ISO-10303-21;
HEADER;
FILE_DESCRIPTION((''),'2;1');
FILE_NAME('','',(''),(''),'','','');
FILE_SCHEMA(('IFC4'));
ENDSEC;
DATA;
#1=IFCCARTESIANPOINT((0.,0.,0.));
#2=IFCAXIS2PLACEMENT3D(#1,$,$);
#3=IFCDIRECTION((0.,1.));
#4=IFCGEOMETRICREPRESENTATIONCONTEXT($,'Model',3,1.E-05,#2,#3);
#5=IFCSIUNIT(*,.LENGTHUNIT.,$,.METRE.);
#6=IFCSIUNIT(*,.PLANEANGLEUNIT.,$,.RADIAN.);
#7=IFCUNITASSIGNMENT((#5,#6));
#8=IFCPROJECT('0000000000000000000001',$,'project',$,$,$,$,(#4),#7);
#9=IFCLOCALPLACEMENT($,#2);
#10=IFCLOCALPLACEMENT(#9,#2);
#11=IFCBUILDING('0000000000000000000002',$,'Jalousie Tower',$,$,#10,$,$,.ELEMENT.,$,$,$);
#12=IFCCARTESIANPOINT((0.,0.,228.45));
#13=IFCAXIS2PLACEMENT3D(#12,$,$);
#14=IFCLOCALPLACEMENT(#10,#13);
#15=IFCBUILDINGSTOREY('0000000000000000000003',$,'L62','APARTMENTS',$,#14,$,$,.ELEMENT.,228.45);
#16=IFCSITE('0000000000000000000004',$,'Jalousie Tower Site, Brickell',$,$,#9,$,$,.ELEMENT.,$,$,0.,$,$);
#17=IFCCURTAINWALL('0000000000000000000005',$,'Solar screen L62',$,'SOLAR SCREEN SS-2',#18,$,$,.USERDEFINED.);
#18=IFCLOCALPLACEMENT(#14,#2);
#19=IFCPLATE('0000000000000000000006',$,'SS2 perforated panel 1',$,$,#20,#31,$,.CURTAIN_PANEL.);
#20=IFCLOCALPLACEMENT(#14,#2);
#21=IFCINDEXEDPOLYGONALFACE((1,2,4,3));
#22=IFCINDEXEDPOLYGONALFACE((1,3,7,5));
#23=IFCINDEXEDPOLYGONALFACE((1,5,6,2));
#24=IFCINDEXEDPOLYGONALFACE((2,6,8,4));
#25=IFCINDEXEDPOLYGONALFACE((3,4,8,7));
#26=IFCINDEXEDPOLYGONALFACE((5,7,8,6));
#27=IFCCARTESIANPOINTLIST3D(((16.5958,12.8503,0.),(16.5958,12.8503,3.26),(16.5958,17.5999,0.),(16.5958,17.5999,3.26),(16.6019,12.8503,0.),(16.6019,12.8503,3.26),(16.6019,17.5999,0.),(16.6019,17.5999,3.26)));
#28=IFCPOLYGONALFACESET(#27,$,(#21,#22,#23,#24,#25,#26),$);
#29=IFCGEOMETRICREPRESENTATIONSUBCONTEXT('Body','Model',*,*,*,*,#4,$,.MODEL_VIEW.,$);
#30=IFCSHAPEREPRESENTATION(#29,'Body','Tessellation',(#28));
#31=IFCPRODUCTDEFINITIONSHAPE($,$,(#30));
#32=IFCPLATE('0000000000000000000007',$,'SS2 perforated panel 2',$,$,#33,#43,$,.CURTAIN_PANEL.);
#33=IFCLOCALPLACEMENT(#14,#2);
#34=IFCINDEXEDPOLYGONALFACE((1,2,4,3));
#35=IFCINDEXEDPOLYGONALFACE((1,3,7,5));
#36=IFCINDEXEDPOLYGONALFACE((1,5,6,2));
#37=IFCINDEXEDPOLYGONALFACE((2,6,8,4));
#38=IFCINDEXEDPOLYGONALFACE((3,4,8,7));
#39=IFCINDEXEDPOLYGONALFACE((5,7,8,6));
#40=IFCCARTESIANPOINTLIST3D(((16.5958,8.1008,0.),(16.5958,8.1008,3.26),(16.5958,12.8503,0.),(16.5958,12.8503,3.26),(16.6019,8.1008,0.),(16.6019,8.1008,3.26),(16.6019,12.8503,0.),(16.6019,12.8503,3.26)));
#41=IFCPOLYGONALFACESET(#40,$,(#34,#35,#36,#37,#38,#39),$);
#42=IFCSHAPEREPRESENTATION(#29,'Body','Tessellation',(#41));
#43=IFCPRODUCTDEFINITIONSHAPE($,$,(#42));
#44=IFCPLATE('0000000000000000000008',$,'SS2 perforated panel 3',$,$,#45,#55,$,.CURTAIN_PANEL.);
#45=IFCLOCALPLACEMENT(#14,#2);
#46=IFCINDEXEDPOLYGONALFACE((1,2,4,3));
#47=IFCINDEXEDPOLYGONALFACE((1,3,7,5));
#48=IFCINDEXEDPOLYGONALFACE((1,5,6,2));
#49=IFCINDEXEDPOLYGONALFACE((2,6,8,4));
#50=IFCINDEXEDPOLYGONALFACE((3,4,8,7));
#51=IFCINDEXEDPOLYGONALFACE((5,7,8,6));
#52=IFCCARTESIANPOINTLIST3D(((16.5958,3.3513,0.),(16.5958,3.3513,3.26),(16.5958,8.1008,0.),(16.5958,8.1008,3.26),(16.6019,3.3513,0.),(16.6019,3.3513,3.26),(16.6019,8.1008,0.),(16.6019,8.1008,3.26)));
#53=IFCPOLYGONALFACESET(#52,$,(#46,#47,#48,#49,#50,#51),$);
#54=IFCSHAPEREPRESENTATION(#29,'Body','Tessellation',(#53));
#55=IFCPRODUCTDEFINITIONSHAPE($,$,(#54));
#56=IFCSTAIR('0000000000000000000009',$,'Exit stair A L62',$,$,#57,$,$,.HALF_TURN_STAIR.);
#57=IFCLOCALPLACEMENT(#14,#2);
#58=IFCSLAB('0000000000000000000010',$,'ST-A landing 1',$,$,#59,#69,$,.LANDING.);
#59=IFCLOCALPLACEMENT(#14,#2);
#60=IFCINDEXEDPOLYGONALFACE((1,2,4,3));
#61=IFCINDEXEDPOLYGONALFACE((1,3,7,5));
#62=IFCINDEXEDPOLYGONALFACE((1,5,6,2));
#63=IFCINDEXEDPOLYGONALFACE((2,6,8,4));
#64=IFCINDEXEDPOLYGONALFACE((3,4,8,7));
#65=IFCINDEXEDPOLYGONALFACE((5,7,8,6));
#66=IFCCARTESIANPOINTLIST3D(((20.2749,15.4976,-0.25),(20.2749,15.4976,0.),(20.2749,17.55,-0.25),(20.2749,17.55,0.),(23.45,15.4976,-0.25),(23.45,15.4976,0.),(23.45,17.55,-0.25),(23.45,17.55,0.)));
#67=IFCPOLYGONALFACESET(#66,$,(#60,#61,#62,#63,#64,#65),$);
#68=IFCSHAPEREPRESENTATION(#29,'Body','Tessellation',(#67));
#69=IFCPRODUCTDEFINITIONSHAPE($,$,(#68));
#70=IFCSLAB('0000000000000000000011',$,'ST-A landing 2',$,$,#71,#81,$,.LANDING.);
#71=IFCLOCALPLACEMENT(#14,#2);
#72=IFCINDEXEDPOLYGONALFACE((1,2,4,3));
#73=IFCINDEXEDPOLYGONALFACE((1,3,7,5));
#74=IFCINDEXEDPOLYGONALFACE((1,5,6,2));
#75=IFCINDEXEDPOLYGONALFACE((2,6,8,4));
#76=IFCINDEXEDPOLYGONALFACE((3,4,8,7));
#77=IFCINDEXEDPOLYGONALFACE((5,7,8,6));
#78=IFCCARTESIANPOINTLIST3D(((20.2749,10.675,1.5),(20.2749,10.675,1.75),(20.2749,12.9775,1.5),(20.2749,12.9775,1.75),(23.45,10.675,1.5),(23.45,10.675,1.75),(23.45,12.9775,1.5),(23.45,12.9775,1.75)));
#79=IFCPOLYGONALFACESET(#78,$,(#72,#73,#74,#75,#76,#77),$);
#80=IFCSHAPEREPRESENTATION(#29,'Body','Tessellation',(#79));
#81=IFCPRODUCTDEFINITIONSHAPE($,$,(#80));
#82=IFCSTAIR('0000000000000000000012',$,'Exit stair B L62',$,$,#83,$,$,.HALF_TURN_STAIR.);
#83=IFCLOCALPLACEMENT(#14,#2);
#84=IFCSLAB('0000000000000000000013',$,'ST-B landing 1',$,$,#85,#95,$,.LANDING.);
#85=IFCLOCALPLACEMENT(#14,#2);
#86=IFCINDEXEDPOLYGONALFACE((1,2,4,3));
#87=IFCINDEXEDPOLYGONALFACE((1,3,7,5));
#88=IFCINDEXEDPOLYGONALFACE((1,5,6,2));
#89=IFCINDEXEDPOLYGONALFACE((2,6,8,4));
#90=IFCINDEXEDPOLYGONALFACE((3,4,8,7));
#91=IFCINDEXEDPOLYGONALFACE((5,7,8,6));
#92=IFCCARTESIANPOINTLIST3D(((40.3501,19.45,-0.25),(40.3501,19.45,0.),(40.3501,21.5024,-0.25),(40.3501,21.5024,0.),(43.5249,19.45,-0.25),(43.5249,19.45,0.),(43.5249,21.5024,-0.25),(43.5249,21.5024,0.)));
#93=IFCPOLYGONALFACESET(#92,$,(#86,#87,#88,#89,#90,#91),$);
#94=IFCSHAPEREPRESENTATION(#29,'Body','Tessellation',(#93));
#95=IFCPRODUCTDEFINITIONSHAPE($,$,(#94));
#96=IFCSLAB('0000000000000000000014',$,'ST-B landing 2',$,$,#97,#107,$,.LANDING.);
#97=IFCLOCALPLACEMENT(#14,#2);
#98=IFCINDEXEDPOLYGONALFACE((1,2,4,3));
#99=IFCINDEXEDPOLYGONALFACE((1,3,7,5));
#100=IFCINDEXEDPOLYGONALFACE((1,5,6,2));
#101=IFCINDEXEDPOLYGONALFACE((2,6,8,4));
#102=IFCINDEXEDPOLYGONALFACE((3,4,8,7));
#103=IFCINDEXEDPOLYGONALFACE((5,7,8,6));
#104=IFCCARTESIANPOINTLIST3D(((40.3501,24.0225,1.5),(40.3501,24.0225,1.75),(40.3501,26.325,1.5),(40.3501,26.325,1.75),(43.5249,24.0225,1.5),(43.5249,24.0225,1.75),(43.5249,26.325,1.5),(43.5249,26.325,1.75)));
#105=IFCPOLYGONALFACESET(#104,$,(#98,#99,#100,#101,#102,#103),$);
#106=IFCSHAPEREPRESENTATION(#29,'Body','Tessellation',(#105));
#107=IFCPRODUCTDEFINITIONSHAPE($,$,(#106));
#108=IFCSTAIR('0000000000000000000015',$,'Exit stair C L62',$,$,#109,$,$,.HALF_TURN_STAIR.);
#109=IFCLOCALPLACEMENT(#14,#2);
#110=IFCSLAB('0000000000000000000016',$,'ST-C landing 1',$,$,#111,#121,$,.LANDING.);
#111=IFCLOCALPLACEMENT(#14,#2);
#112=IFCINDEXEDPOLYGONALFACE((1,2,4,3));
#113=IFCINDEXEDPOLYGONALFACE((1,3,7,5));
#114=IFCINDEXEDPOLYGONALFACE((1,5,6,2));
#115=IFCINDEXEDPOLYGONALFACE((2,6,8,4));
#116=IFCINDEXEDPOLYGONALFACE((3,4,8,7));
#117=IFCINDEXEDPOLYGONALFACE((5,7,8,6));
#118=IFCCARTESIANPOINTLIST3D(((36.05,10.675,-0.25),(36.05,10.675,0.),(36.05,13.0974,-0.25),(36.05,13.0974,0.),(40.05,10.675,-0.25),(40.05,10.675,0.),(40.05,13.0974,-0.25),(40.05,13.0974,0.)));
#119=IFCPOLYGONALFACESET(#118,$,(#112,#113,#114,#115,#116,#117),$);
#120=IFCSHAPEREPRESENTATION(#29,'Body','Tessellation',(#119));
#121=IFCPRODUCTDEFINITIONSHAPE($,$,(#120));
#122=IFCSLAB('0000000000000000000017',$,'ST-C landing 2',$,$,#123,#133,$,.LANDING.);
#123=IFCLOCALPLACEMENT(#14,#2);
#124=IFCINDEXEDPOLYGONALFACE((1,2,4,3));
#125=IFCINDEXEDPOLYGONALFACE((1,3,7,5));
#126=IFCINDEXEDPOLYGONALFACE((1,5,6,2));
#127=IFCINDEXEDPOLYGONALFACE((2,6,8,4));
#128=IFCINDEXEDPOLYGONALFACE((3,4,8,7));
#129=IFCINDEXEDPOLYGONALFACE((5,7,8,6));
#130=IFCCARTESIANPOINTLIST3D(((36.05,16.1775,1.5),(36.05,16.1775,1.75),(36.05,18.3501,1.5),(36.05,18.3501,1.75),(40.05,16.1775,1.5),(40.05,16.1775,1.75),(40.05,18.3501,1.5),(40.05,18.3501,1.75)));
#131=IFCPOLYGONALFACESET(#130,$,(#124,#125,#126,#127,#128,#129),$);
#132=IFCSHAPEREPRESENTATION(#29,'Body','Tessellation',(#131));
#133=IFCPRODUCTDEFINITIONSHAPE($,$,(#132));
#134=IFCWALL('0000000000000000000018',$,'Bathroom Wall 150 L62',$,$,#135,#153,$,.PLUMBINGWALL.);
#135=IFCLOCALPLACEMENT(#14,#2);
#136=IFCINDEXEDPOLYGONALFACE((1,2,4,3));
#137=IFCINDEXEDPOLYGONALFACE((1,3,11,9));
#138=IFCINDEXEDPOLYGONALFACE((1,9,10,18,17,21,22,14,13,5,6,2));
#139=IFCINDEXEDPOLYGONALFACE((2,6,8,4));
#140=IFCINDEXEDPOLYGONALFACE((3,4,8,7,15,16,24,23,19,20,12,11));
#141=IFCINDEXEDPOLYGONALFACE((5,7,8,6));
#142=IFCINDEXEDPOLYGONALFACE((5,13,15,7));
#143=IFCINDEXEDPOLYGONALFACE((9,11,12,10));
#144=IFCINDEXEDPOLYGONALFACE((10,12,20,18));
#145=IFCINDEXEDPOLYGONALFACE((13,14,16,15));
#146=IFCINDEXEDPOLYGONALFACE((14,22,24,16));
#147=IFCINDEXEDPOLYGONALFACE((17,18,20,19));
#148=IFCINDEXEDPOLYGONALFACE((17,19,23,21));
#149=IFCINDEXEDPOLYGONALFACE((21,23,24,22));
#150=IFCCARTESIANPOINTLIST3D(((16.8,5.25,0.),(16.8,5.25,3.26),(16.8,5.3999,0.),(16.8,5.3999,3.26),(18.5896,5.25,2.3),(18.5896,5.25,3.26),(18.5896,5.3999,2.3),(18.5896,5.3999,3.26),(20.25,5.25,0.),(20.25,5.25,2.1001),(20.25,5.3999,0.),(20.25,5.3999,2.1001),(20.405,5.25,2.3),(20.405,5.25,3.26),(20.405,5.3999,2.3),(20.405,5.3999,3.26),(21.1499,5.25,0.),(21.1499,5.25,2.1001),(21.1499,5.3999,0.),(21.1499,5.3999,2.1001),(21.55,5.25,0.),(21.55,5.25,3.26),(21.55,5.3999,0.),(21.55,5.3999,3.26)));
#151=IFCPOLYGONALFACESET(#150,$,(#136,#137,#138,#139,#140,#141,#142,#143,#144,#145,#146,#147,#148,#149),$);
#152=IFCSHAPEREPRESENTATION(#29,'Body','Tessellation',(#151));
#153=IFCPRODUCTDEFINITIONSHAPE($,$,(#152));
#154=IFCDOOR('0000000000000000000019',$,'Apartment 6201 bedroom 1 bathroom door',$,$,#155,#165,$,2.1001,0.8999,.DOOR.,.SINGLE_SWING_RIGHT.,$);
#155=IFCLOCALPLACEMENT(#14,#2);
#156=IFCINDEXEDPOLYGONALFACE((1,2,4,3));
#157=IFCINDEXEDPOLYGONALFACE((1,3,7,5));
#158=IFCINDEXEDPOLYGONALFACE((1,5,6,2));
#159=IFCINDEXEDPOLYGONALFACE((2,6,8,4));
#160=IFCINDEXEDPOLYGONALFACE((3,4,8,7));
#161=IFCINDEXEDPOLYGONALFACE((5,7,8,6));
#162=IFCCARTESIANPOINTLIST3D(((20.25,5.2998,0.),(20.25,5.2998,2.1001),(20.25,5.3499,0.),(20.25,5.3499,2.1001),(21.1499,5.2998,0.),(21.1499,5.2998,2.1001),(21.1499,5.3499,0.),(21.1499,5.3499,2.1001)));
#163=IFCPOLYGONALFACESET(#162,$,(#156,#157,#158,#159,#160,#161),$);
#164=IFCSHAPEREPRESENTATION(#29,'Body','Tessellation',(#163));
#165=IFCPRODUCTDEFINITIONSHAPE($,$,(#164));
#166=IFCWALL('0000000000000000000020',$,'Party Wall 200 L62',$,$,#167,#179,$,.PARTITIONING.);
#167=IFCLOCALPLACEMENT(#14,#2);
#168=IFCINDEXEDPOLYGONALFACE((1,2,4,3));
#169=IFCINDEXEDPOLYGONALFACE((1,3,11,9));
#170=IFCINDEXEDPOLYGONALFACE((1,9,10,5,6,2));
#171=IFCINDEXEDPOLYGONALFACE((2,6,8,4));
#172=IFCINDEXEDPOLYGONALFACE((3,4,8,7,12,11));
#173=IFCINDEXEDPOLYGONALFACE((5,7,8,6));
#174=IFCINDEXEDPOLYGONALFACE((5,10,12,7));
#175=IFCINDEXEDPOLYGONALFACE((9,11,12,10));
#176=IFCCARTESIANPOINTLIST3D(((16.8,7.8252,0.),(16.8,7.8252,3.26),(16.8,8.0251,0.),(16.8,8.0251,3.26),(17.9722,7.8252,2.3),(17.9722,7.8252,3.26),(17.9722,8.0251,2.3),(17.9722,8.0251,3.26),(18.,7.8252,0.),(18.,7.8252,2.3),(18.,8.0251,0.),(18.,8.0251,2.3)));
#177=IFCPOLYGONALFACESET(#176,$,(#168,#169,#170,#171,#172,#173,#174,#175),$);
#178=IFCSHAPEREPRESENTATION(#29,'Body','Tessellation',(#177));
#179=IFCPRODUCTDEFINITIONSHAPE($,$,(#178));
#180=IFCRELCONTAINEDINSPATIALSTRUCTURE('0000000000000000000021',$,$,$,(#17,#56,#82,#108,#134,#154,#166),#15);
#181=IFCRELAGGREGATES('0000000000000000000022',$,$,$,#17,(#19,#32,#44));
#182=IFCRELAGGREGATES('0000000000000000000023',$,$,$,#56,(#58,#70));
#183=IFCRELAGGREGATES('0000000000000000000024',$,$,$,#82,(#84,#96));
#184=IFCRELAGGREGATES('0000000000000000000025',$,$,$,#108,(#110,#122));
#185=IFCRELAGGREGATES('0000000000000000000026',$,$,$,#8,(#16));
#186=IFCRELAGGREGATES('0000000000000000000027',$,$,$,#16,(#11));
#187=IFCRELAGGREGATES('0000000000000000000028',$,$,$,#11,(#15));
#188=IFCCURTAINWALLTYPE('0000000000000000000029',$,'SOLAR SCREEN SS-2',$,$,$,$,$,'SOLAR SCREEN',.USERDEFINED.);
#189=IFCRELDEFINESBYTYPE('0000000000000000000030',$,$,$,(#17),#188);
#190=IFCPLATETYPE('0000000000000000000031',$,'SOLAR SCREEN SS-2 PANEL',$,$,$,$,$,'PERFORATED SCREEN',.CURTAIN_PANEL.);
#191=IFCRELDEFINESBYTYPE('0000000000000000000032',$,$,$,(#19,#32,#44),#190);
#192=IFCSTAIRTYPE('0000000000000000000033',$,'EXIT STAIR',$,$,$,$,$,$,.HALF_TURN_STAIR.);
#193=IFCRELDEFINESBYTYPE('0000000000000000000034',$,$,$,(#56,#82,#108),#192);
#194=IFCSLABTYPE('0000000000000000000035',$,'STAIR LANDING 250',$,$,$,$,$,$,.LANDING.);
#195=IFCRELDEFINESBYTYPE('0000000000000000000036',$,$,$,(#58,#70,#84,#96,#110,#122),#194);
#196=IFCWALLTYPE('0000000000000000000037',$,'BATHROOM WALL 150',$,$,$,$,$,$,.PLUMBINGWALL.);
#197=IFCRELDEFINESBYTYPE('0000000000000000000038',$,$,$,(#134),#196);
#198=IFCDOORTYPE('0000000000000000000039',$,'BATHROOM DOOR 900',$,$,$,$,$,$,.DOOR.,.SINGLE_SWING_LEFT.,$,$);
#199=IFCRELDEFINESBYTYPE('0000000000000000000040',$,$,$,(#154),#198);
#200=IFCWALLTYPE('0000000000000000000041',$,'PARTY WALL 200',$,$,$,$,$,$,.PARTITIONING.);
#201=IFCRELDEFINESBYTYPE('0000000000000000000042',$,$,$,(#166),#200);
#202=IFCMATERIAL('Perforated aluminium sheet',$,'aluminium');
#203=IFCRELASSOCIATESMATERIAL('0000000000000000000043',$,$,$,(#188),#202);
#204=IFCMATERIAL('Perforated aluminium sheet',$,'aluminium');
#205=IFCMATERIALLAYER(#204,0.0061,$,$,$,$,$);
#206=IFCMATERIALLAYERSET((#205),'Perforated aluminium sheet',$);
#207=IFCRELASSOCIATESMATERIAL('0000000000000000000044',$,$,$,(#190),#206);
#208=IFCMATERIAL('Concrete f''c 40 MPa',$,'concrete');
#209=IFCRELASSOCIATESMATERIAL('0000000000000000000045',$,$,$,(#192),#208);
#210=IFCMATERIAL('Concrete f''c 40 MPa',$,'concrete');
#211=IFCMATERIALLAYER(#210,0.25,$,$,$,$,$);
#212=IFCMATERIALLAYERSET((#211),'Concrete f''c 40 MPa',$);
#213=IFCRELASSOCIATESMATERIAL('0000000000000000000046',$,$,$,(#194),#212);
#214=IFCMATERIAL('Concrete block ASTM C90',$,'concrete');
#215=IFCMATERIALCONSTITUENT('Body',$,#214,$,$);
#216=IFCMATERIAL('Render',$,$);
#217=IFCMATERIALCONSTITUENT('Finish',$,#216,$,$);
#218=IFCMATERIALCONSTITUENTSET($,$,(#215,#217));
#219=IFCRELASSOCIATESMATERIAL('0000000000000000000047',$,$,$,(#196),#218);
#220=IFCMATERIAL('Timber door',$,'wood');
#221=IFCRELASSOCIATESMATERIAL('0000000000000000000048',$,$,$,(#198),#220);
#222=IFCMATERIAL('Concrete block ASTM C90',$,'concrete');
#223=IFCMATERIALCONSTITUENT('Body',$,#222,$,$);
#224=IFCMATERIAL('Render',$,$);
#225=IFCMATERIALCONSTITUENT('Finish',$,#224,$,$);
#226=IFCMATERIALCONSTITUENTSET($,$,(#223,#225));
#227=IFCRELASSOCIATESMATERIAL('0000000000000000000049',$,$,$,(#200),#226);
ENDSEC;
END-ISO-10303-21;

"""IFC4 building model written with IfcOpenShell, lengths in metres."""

from ifc_helpers import new_model, si_unit, direction, frame, frame_2d, origin, origin_2d, place, context, subcontext, project, spatial, polyline, rectangle, outline, extrude, material, layer, layer_set, constituent, constituent_set, type_object, element, fill, aggregate, save


model = new_model("IFC4")

# Units and contexts
model_context = context("Model", 3, precision=1e-05, world=origin(), true_north=direction((0.0, 1.0)))
body_context = subcontext(model_context, "Body", "Model", "MODEL_VIEW")
ifc_project = project(units=[si_unit("LENGTHUNIT", "METRE"), si_unit("PLANEANGLEUNIT", "RADIAN")], contexts=[model_context])

# Site, building, storey
site_placement = place(None, origin())
site = spatial("IfcSite", under=ifc_project, at=site_placement, Name="Jalousie Tower Site, Brickell", CompositionType="ELEMENT", RefElevation=0.0)
building_placement = place(site_placement, origin())
building = spatial("IfcBuilding", under=site, at=building_placement, Name="Jalousie Tower", CompositionType="ELEMENT")
storey_placement = place(building_placement, frame((0.0, 0.0, 228.45)))
storey = spatial("IfcBuildingStorey", under=building, at=storey_placement, Name="L62", Description="APARTMENTS", CompositionType="ELEMENT", Elevation=228.45)

# Curtain wall
ifc_material_1 = material(Name="Perforated aluminium sheet", Category="aluminium")
curtain_wall_type_1 = type_object("IfcCurtainWallType", Name="SOLAR SCREEN SS-2", ElementType="SOLAR SCREEN", PredefinedType="USERDEFINED", material=ifc_material_1)
curtain_wall_1_placement = place(storey_placement, origin())
curtain_wall_1 = element("IfcCurtainWall", 1, at=curtain_wall_1_placement, inside=storey, type_object=curtain_wall_type_1, Name="Solar screen L62", ObjectType="SOLAR SCREEN SS-2", PredefinedType="USERDEFINED")

# Plates
ifc_material_2 = material(Name="Perforated aluminium sheet", Category="aluminium")
ifc_layer_1 = layer(ifc_material_2, 0.0061)
ifc_layer_set_1 = layer_set([ifc_layer_1], Name="Perforated aluminium sheet")
plate_type = type_object("IfcPlateType", Name="SOLAR SCREEN SS-2 PANEL", ElementType="PERFORATED SCREEN", PredefinedType="CURTAIN_PANEL", material=ifc_layer_set_1)
plate_1_placement = place(storey_placement, frame((16.5989, 15.2251, 0.0), z_axis=(0.0, 0.0, 1.0), x_axis=(0.0, -1.0, 0.0)))
plate_1 = element("IfcPlate", 2, at=plate_1_placement, type_object=plate_type, Name="SS2 perforated panel 1", PredefinedType="CURTAIN_PANEL", context=body_context, shape_type="SweptSolid", body=[
    extrude(rectangle(XDim=4.7495, YDim=0.0061, at=origin_2d()), origin(), (0.0, 0.0, 1.0), 3.26),
])
plate_2_placement = place(storey_placement, frame((16.5989, 10.4756, 0.0), z_axis=(0.0, 0.0, 1.0), x_axis=(0.0, -1.0, 0.0)))
plate_2 = element("IfcPlate", 3, at=plate_2_placement, type_object=plate_type, Name="SS2 perforated panel 2", PredefinedType="CURTAIN_PANEL", context=body_context, shape_type="SweptSolid", body=[
    extrude(rectangle(XDim=4.7495, YDim=0.0061, at=origin_2d()), origin(), (0.0, 0.0, 1.0), 3.26),
])
plate_3_placement = place(storey_placement, frame((16.5989, 5.7261, 0.0), z_axis=(0.0, 0.0, 1.0), x_axis=(0.0, -1.0, 0.0)))
plate_3 = element("IfcPlate", 4, at=plate_3_placement, type_object=plate_type, Name="SS2 perforated panel 3", PredefinedType="CURTAIN_PANEL", context=body_context, shape_type="SweptSolid", body=[
    extrude(rectangle(XDim=4.7495, YDim=0.0061, at=origin_2d()), origin(), (0.0, 0.0, 1.0), 3.26),
])
aggregate(curtain_wall_1, [plate_1, plate_2, plate_3])

# Stairs, slabs
ifc_material_3 = material(Name="Concrete f'c 40 MPa", Category="concrete")
stair_type = type_object("IfcStairType", Name="EXIT STAIR", PredefinedType="HALF_TURN_STAIR", material=ifc_material_3)
stair_1_placement = place(storey_placement, origin())
stair_1 = element("IfcStair", 5, at=stair_1_placement, inside=storey, type_object=stair_type, Name="Exit stair A L62", PredefinedType="HALF_TURN_STAIR")
ifc_material_4 = material(Name="Concrete f'c 40 MPa", Category="concrete")
ifc_layer_2 = layer(ifc_material_4, 0.25)
ifc_layer_set_2 = layer_set([ifc_layer_2], Name="Concrete f'c 40 MPa")
slab_type_1 = type_object("IfcSlabType", Name="STAIR LANDING 250", PredefinedType="LANDING", material=ifc_layer_set_2)
slab_1_placement = place(storey_placement, frame((0.0, 0.0, -0.25)))
slab_1 = element("IfcSlab", 6, at=slab_1_placement, type_object=slab_type_1, Name="ST-A landing 1", PredefinedType="LANDING", context=body_context, shape_type="SweptSolid", body=[
    extrude(outline(polyline([(20.2749, 15.4976), (23.45, 15.4976), (23.45, 17.55), (20.2749, 17.55), (20.2749, 15.4976)])), origin(), (0.0, 0.0, 1.0), 0.25),
])
slab_2_placement = place(storey_placement, frame((0.0, 0.0, 1.5)))
slab_2 = element("IfcSlab", 7, at=slab_2_placement, type_object=slab_type_1, Name="ST-A landing 2", PredefinedType="LANDING", context=body_context, shape_type="SweptSolid", body=[
    extrude(outline(polyline([(20.2749, 10.675), (23.45, 10.675), (23.45, 12.9775), (20.2749, 12.9775), (20.2749, 10.675)])), origin(), (0.0, 0.0, 1.0), 0.25),
])
aggregate(stair_1, [slab_1, slab_2])
stair_2_placement = place(storey_placement, origin())
stair_2 = element("IfcStair", 8, at=stair_2_placement, inside=storey, type_object=stair_type, Name="Exit stair B L62", PredefinedType="HALF_TURN_STAIR")
slab_3_placement = place(storey_placement, frame((0.0, 0.0, -0.25)))
slab_3 = element("IfcSlab", 9, at=slab_3_placement, type_object=slab_type_1, Name="ST-B landing 1", PredefinedType="LANDING", context=body_context, shape_type="SweptSolid", body=[
    extrude(outline(polyline([(40.3501, 19.45), (43.5249, 19.45), (43.5249, 21.5024), (40.3501, 21.5024), (40.3501, 19.45)])), origin(), (0.0, 0.0, 1.0), 0.25),
])
slab_4_placement = place(storey_placement, frame((0.0, 0.0, 1.5)))
slab_4 = element("IfcSlab", 10, at=slab_4_placement, type_object=slab_type_1, Name="ST-B landing 2", PredefinedType="LANDING", context=body_context, shape_type="SweptSolid", body=[
    extrude(outline(polyline([(40.3501, 24.0225), (43.5249, 24.0225), (43.5249, 26.325), (40.3501, 26.325), (40.3501, 24.0225)])), origin(), (0.0, 0.0, 1.0), 0.25),
])
aggregate(stair_2, [slab_3, slab_4])
stair_3_placement = place(storey_placement, origin())
stair_3 = element("IfcStair", 11, at=stair_3_placement, inside=storey, type_object=stair_type, Name="Exit stair C L62", PredefinedType="HALF_TURN_STAIR")
slab_5_placement = place(storey_placement, frame((0.0, 0.0, -0.25)))
slab_5 = element("IfcSlab", 12, at=slab_5_placement, type_object=slab_type_1, Name="ST-C landing 1", PredefinedType="LANDING", context=body_context, shape_type="SweptSolid", body=[
    extrude(outline(polyline([(36.05, 10.675), (40.05, 10.675), (40.05, 13.0974), (36.05, 13.0974), (36.05, 10.675)])), origin(), (0.0, 0.0, 1.0), 0.25),
])
slab_6_placement = place(storey_placement, frame((0.0, 0.0, 1.5)))
slab_6 = element("IfcSlab", 13, at=slab_6_placement, type_object=slab_type_1, Name="ST-C landing 2", PredefinedType="LANDING", context=body_context, shape_type="SweptSolid", body=[
    extrude(outline(polyline([(36.05, 16.1775), (40.05, 16.1775), (40.05, 18.3501), (36.05, 18.3501), (36.05, 16.1775)])), origin(), (0.0, 0.0, 1.0), 0.25),
])
aggregate(stair_3, [slab_5, slab_6])

# Wall, opening, door
ifc_material_5 = material(Name="Concrete block ASTM C90", Category="concrete")
ifc_constituent_1 = constituent(ifc_material_5, Name="Body")
ifc_material_6 = material(Name="Render")
ifc_constituent_2 = constituent(ifc_material_6, Name="Finish")
ifc_constituent_set_1 = constituent_set(constituents=[ifc_constituent_1, ifc_constituent_2])
wall_type_1 = type_object("IfcWallType", Name="BATHROOM WALL 150", PredefinedType="PLUMBINGWALL", material=ifc_constituent_set_1)
wall_1_placement = place(storey_placement, frame((16.8, 5.325, 0.0), z_axis=(0.0, 0.0, 1.0), x_axis=(1.0, 0.0, 0.0)))
wall_1 = element("IfcWall", 14, at=wall_1_placement, inside=storey, type_object=wall_type_1, Name="Bathroom Wall 150 L62", PredefinedType="PLUMBINGWALL", context=body_context, shape_type="SweptSolid", body=[
    extrude(outline(polyline([(0.0, 0.0), (4.75, 0.0), (4.75, 3.26), (3.605, 3.26), (3.605, 2.3), (1.7896, 2.3), (1.7896, 3.26), (0.0, 3.26), (0.0, 0.0)])), frame((0.0, 0.075, 0.0), z_axis=(0.0, -1.0, 0.0), x_axis=(1.0, 0.0, 0.0)), (0.0, 0.0, 1.0), 0.1499),
])
opening_placement = place(wall_1_placement, frame((3.45, 0.0, 0.0)))
opening = element("IfcOpeningElement", 15, at=opening_placement, cuts=wall_1, PredefinedType="OPENING", context=body_context, shape_type="SweptSolid", body=[
    extrude(rectangle(XDim=0.8999, YDim=2.1001, at=frame_2d((0.45, 1.05))), frame((0.0, 0.085, 0.0), z_axis=(0.0, -1.0, 0.0), x_axis=(1.0, 0.0, 0.0)), (0.0, 0.0, 1.0), 0.1699),
])
ifc_material_7 = material(Name="Timber door", Category="wood")
door_type = type_object("IfcDoorType", Name="BATHROOM DOOR 900", OperationType="SINGLE_SWING_LEFT", PredefinedType="DOOR", material=ifc_material_7)
door_placement = place(opening_placement, origin())
door = element("IfcDoor", 16, at=door_placement, inside=storey, type_object=door_type, Name="Apartment 6201 bedroom 1 bathroom door", OperationType="SINGLE_SWING_RIGHT", OverallHeight=2.1001, OverallWidth=0.8999, PredefinedType="DOOR", context=body_context, shape_type="SweptSolid", body=[
    extrude(rectangle(XDim=0.8999, YDim=2.1001, at=frame_2d((0.45, 1.05))), frame((0.0, 0.0249, 0.0), z_axis=(0.0, -1.0, 0.0), x_axis=(1.0, 0.0, 0.0)), (0.0, 0.0, 1.0), 0.05),
])
fill(opening, door)

# Wall
ifc_material_8 = material(Name="Concrete block ASTM C90", Category="concrete")
ifc_constituent_3 = constituent(ifc_material_8, Name="Body")
ifc_material_9 = material(Name="Render")
ifc_constituent_4 = constituent(ifc_material_9, Name="Finish")
ifc_constituent_set_2 = constituent_set(constituents=[ifc_constituent_3, ifc_constituent_4])
wall_type_2 = type_object("IfcWallType", Name="PARTY WALL 200", PredefinedType="PARTITIONING", material=ifc_constituent_set_2)
wall_2_placement = place(storey_placement, frame((16.8, 7.925, 0.0), z_axis=(0.0, 0.0, 1.0), x_axis=(1.0, 0.0, 0.0)))
element("IfcWall", 17, at=wall_2_placement, inside=storey, type_object=wall_type_2, Name="Party Wall 200 L62", PredefinedType="PARTITIONING", context=body_context, shape_type="SweptSolid", body=[
    extrude(outline(polyline([(0.0, 0.0), (1.2, 0.0), (1.2, 3.26), (1.2, 2.3), (1.1721, 2.3), (1.1721, 3.26), (0.0, 3.26), (0.0, 0.0)])), frame((0.0, 0.1001, 0.0), z_axis=(0.0, -1.0, 0.0), x_axis=(1.0, 0.0, 0.0)), (0.0, 0.0, 1.0), 0.2),
])

save(model, "model.ifc")
